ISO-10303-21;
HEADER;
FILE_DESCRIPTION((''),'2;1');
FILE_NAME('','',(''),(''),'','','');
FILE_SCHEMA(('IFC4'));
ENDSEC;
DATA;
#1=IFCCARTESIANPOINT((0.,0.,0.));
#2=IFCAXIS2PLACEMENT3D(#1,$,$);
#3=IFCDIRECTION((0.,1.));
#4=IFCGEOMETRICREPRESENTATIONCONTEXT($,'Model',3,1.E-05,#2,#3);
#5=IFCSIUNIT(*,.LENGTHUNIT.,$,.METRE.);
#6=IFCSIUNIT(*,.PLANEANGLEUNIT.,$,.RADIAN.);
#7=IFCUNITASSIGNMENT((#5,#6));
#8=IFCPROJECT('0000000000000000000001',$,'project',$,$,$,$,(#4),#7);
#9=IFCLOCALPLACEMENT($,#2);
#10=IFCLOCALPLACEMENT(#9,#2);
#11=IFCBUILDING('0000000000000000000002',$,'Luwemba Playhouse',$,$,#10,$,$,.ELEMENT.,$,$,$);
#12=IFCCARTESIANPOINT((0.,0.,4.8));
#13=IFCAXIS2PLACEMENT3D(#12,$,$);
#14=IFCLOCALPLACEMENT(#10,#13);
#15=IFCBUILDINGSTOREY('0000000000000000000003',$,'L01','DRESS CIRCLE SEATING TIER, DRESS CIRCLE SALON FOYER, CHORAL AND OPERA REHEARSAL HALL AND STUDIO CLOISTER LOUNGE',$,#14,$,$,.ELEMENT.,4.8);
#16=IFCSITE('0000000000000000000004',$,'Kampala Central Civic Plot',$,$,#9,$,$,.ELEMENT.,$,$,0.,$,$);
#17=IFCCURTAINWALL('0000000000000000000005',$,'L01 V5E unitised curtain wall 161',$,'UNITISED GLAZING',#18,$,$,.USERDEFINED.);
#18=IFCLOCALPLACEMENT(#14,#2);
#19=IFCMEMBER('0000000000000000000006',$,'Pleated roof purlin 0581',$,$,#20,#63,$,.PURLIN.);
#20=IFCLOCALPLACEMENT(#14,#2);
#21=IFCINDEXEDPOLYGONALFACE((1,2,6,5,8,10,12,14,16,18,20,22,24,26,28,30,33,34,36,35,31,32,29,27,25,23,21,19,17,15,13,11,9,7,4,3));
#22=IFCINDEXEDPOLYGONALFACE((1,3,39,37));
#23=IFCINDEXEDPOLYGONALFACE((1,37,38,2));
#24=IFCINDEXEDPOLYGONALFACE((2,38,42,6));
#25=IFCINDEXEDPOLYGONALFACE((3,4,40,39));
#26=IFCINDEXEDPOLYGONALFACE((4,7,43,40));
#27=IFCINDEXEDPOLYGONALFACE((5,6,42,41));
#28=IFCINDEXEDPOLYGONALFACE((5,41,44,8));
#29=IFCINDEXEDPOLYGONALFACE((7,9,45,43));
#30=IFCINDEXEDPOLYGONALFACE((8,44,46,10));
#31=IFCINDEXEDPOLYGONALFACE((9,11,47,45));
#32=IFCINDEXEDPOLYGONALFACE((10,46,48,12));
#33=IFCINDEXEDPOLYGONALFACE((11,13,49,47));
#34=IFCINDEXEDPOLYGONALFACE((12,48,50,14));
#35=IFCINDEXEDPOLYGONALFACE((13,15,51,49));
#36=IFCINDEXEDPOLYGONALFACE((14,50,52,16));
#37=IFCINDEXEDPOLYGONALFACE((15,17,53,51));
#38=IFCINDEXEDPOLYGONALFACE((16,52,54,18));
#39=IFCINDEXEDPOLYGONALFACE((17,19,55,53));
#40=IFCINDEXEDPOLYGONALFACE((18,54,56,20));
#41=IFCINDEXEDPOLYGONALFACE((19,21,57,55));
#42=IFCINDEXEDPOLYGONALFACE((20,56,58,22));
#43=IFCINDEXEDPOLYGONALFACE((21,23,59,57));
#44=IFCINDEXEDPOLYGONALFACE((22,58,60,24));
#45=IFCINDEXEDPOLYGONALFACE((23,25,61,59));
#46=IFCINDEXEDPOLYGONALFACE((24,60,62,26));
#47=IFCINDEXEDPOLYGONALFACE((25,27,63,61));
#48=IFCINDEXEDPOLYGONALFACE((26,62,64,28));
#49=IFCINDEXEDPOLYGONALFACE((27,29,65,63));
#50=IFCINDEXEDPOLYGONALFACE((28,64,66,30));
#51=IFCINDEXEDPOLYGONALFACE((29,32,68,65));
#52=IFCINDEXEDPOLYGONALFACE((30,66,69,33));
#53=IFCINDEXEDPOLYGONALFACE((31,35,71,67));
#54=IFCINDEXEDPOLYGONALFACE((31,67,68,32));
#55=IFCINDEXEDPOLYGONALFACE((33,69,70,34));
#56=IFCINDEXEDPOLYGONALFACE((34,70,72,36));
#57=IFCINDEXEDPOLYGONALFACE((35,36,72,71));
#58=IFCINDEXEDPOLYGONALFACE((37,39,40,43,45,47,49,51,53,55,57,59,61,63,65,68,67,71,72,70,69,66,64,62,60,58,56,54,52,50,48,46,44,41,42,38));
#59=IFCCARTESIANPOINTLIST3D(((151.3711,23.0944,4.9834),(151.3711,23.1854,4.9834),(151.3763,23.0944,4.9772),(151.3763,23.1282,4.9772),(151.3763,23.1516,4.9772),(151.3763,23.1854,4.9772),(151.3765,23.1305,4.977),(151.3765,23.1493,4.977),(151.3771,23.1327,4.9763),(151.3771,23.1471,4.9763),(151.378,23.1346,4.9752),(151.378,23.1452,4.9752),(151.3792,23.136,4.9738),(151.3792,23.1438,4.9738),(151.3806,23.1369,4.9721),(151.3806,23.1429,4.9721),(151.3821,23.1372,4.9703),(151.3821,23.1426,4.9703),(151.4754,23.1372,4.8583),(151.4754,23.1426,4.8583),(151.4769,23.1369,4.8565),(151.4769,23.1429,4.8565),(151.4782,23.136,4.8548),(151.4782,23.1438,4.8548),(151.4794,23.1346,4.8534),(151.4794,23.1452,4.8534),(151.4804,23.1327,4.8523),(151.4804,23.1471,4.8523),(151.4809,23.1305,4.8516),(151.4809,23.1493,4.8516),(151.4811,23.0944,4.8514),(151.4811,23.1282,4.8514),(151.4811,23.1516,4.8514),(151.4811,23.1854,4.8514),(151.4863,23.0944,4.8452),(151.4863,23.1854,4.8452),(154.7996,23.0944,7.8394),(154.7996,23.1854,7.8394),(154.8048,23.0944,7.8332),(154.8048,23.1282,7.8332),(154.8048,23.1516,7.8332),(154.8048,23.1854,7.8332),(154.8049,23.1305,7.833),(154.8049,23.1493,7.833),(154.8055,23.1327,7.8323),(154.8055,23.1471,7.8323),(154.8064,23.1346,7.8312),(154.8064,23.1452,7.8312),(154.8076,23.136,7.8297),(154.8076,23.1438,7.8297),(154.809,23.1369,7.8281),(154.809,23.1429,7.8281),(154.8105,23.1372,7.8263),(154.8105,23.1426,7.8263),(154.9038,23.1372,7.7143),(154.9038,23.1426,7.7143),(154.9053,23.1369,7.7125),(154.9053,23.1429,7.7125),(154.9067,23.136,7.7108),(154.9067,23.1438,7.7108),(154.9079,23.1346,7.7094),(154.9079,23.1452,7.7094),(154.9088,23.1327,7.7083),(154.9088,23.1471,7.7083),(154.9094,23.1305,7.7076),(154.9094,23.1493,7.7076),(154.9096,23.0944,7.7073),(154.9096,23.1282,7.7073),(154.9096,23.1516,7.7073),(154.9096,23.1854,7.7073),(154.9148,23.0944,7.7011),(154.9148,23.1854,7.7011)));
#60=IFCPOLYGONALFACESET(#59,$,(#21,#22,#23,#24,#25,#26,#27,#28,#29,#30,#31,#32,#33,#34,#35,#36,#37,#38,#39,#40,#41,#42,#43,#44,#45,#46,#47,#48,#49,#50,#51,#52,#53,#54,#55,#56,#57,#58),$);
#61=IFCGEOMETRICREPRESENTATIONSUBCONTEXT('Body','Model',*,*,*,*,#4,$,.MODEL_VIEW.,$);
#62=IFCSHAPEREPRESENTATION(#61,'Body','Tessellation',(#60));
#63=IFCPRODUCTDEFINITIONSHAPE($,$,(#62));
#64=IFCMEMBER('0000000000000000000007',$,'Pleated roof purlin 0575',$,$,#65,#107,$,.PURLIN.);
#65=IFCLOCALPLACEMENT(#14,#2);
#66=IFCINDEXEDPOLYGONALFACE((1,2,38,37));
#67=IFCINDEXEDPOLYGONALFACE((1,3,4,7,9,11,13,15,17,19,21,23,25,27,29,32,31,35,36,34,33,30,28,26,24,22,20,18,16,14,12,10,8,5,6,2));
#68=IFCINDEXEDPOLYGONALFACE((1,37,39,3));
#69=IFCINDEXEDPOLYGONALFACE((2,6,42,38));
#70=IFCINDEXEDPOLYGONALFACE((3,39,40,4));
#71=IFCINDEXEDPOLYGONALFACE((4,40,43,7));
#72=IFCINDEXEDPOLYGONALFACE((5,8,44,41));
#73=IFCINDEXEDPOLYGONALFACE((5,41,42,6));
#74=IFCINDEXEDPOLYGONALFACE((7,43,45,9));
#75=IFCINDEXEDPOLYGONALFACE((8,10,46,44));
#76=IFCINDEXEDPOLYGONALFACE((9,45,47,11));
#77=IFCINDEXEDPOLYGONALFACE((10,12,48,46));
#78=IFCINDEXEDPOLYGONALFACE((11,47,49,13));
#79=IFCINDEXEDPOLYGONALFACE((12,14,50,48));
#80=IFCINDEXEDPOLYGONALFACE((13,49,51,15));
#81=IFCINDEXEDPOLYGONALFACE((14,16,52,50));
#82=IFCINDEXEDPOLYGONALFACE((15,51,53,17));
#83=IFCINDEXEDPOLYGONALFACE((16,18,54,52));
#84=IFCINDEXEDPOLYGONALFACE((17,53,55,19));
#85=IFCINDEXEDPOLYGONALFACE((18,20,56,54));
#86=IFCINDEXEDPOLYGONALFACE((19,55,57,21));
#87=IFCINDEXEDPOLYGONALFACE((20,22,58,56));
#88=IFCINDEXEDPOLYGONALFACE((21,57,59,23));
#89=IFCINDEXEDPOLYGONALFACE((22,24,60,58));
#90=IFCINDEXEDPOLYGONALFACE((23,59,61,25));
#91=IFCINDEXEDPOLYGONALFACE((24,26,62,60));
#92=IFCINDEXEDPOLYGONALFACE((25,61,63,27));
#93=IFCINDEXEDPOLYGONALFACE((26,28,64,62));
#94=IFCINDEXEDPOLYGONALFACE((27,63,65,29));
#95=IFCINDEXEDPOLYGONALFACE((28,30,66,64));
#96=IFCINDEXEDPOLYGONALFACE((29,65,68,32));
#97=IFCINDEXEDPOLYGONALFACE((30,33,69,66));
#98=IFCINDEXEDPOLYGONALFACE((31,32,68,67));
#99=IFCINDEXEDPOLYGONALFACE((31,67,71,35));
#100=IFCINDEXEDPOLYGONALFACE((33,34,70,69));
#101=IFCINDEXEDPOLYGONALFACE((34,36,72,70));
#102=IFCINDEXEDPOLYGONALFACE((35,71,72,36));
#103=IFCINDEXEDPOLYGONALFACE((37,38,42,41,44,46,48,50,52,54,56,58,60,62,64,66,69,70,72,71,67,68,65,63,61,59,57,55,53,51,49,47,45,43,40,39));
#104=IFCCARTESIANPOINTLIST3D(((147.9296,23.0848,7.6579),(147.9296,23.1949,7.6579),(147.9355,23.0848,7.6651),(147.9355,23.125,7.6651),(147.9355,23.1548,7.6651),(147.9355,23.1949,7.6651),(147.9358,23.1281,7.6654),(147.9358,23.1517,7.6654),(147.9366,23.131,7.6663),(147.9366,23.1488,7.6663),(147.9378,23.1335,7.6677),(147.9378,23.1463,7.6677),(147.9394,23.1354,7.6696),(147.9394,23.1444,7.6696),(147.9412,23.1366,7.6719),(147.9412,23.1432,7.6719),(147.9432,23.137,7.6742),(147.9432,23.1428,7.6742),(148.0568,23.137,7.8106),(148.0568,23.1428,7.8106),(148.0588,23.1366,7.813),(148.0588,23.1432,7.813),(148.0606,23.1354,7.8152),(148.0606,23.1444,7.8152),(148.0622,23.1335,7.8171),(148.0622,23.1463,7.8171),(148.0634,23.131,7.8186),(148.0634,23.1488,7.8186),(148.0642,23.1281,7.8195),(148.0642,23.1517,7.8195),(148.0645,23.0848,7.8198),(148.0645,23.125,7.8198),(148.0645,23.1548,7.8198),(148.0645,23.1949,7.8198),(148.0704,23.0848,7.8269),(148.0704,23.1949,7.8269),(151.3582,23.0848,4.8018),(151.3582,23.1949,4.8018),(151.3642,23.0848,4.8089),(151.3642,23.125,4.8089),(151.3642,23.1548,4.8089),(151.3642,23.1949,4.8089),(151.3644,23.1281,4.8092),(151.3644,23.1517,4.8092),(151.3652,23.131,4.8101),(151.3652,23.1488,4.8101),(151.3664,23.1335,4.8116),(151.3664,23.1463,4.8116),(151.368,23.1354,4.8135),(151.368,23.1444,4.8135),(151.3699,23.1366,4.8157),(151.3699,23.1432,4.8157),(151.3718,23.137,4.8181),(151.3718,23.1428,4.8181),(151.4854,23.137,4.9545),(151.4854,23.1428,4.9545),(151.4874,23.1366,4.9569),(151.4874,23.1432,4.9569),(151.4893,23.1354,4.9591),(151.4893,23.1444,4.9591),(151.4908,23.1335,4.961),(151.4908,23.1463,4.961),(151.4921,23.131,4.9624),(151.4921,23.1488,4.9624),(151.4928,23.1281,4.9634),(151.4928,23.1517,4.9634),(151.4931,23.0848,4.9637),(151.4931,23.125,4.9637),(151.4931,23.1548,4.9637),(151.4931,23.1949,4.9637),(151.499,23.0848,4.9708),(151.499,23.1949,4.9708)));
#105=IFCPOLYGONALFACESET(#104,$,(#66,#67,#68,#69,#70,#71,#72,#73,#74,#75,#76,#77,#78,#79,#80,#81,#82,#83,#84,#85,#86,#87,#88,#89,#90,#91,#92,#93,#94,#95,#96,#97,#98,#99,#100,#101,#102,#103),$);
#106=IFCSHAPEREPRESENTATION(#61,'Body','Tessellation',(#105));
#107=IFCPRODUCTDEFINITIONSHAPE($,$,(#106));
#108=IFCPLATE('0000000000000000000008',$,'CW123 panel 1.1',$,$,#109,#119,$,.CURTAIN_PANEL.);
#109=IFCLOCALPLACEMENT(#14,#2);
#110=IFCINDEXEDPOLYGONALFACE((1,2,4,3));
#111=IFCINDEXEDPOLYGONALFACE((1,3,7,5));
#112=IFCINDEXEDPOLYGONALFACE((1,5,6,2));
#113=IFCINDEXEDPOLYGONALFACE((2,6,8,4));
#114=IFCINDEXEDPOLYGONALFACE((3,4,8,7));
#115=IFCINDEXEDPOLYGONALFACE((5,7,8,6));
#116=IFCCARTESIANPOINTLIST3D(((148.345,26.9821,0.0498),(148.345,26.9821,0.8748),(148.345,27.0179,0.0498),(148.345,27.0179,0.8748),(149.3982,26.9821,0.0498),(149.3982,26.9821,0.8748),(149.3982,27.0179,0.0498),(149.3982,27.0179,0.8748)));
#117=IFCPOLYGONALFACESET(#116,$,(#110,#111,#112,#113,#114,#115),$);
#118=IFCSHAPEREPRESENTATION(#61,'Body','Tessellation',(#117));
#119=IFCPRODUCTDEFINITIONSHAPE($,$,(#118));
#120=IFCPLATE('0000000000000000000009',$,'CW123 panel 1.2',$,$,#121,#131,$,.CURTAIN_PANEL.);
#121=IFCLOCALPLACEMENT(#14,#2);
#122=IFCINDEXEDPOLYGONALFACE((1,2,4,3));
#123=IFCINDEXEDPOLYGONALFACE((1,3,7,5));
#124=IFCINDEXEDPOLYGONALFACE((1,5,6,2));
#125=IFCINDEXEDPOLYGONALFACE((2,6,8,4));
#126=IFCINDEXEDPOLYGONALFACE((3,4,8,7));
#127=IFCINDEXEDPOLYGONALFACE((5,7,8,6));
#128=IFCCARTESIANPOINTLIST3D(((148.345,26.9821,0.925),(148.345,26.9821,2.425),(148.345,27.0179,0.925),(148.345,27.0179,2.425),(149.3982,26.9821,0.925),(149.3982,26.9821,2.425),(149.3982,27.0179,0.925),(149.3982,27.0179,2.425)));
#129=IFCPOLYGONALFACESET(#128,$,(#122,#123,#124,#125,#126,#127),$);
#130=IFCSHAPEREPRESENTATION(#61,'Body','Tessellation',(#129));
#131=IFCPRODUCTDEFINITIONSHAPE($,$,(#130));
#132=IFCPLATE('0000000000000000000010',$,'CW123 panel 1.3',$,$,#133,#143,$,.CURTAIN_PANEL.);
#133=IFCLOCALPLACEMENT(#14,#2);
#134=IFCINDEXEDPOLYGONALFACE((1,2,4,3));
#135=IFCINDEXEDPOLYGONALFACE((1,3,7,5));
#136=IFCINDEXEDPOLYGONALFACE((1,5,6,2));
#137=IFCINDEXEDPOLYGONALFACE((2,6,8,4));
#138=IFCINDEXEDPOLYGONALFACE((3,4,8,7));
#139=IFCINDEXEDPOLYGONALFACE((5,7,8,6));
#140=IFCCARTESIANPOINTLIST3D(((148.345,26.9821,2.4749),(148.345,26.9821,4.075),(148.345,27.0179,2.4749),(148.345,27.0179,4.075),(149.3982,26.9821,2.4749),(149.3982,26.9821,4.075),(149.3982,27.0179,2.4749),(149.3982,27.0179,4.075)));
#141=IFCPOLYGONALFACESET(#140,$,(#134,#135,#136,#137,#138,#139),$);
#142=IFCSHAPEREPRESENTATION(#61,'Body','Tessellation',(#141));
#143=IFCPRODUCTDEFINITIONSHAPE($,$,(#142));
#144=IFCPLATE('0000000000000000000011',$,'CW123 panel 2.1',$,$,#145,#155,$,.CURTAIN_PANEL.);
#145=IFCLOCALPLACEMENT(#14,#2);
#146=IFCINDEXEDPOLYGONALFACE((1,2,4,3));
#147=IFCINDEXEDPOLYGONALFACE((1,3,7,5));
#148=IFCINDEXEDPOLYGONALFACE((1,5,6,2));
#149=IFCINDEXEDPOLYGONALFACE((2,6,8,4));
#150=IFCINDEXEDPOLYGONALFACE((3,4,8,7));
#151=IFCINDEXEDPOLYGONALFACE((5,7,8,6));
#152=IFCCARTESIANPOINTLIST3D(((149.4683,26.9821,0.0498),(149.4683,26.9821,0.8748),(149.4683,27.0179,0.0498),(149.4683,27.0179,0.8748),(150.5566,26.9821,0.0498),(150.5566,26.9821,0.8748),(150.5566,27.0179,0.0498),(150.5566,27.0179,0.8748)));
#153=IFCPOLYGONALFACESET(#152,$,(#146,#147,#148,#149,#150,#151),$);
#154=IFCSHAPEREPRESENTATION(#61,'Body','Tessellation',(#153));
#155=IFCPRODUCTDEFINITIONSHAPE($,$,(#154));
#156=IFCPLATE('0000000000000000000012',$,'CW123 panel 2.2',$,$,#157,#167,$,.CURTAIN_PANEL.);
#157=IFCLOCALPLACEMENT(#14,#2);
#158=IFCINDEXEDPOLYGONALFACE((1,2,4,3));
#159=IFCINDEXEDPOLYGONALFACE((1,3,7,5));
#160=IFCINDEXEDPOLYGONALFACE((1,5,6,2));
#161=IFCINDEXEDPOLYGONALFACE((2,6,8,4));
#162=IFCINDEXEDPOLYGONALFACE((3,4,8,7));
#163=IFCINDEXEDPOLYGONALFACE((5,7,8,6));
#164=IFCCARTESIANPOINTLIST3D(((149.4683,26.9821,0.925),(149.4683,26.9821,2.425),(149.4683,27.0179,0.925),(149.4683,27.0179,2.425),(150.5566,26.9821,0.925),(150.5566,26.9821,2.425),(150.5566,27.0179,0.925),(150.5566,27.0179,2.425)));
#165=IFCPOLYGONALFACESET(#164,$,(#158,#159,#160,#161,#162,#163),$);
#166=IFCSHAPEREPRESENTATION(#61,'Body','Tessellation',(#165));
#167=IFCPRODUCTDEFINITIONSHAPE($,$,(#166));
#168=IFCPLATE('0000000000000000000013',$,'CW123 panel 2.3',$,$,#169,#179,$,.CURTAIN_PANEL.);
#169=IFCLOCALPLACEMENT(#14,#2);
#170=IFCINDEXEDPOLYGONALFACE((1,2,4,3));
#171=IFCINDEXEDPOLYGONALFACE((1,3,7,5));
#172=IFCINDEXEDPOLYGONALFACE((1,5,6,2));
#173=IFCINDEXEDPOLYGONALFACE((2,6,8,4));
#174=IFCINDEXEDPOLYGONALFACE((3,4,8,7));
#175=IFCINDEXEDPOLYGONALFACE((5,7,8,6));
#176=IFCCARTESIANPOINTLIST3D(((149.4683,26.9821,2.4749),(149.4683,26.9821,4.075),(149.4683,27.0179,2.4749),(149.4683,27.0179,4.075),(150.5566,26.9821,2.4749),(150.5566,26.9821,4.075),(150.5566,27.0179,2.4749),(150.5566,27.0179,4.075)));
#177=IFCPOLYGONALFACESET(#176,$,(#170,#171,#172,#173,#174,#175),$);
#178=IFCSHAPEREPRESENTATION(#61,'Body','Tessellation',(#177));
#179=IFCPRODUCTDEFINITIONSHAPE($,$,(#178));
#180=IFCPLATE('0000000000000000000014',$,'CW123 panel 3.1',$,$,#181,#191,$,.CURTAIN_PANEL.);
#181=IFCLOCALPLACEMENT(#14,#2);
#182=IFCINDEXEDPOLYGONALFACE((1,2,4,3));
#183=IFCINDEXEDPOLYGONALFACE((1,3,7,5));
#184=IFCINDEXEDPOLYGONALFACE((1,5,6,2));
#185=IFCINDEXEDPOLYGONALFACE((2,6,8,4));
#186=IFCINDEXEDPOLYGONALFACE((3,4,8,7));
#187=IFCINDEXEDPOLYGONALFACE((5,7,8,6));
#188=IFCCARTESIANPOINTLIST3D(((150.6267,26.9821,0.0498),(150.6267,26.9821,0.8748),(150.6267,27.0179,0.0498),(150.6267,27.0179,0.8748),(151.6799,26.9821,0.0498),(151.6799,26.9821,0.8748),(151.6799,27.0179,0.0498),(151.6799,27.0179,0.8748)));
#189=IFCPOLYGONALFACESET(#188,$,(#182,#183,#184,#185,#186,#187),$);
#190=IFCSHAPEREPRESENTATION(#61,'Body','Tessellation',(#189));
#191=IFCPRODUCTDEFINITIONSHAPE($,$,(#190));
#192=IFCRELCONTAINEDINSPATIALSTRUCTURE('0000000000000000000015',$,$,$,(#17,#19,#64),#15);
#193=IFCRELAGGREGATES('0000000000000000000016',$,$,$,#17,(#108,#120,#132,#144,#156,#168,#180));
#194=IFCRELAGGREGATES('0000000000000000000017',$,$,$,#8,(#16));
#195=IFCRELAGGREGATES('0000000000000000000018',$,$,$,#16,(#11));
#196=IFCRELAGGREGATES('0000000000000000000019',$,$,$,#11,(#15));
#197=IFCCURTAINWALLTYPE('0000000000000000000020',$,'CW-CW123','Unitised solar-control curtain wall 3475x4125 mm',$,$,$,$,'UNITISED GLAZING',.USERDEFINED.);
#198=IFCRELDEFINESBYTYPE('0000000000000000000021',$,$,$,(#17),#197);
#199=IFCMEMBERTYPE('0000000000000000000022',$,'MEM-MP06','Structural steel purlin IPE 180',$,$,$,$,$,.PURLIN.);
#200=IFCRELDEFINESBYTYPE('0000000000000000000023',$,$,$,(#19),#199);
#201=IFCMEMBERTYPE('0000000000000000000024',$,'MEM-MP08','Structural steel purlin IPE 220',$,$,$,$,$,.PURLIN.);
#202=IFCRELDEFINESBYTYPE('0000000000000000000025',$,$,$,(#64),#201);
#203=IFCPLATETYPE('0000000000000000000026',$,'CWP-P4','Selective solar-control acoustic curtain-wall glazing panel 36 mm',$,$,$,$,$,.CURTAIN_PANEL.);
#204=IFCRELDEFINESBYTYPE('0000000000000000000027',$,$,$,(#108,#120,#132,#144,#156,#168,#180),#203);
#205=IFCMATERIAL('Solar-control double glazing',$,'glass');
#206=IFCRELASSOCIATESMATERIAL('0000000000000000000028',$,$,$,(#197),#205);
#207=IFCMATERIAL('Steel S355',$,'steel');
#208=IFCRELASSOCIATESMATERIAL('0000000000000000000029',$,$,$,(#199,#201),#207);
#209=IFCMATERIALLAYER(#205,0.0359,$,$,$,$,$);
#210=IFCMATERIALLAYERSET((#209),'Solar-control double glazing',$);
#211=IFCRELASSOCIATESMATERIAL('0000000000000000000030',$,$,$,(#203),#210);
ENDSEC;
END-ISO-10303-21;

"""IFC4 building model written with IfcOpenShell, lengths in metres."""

from ifc_helpers import new_model, si_unit, direction, frame, origin, origin_2d, place, context, subcontext, project, spatial, rectangle, i_section, extrude, material, layer, layer_set, material_profile, profile_set, type_object, element, aggregate, save


model = new_model("IFC4")

# Units and contexts
model_context = context("Model", 3, precision=1e-05, world=origin(), true_north=direction((0.0, 1.0)))
body_context = subcontext(model_context, "Body", "Model", "MODEL_VIEW")
ifc_project = project(units=[si_unit("LENGTHUNIT", "METRE"), si_unit("PLANEANGLEUNIT", "RADIAN")], contexts=[model_context])

# Site, building, storey
site_placement = place(None, origin())
site = spatial("IfcSite", under=ifc_project, at=site_placement, Name="Kampala Central Civic Plot", CompositionType="ELEMENT", RefElevation=0.0)
building_placement = place(site_placement, origin())
building = spatial("IfcBuilding", under=site, at=building_placement, Name="Luwemba Playhouse", CompositionType="ELEMENT")
storey_placement = place(building_placement, frame((0.0, 0.0, 4.8)))
storey = spatial("IfcBuildingStorey", under=building, at=storey_placement, Name="L01", Description="DRESS CIRCLE SEATING TIER, DRESS CIRCLE SALON FOYER, CHORAL AND OPERA REHEARSAL HALL AND STUDIO CLOISTER LOUNGE", CompositionType="ELEMENT", Elevation=4.8)

# Shared definitions
ifc_material_1 = material(Name="Steel S355", Category="steel")

# Curtain wall
ifc_material_2 = material(Name="Solar-control double glazing", Category="glass")
curtain_wall_type = type_object("IfcCurtainWallType", Name="CW-CW123", Description="Unitised solar-control curtain wall 3475x4125 mm", ElementType="UNITISED GLAZING", PredefinedType="USERDEFINED", material=ifc_material_2)
curtain_wall_placement = place(storey_placement, origin())
curtain_wall = element("IfcCurtainWall", 1, at=curtain_wall_placement, inside=storey, type_object=curtain_wall_type, Name="L01 V5E unitised curtain wall 161", ObjectType="UNITISED GLAZING", PredefinedType="USERDEFINED")

# Members
ifc_material_profile_1 = material_profile(ifc_material_1, i_section(OverallWidth=0.0911, OverallDepth=0.1799, WebThickness=0.0054, FlangeThickness=0.0081, FilletRadius=0.009, at=origin_2d()))
ifc_profile_set_1 = profile_set([ifc_material_profile_1], Name="Steel S355")
member_type_1 = type_object("IfcMemberType", Name="MEM-MP06", Description="Structural steel purlin IPE 180", PredefinedType="PURLIN", material=ifc_profile_set_1)
member_1_placement = place(storey_placement, frame((151.4287, 23.1399, 4.9143), z_axis=(0.768342, 0.0, 0.640039), x_axis=(0.0, 1.0, 0.0)))
element("IfcMember", 2, at=member_1_placement, inside=storey, type_object=member_type_1, Name="Pleated roof purlin 0581", PredefinedType="PURLIN", context=body_context, shape_type="SweptSolid", body=[
    extrude(i_section(OverallWidth=0.0911, OverallDepth=0.1799, WebThickness=0.0054, FlangeThickness=0.0081, FilletRadius=0.009, at=origin_2d()), origin(), (0.0, 0.0, 1.0), 4.4622),
])
ifc_material_profile_2 = material_profile(ifc_material_1, i_section(OverallWidth=0.1101, OverallDepth=0.22, WebThickness=0.0059, FlangeThickness=0.0093, FilletRadius=0.012, at=origin_2d()))
ifc_profile_set_2 = profile_set([ifc_material_profile_2], Name="Steel S355")
member_type_2 = type_object("IfcMemberType", Name="MEM-MP08", Description="Structural steel purlin IPE 220", PredefinedType="PURLIN", material=ifc_profile_set_2)
member_2_placement = place(storey_placement, frame((148.0, 23.1399, 7.7424), z_axis=(0.768338, 0.0, -0.640044), x_axis=(0.0, 1.0, 0.0)))
element("IfcMember", 3, at=member_2_placement, inside=storey, type_object=member_type_2, Name="Pleated roof purlin 0575", PredefinedType="PURLIN", context=body_context, shape_type="SweptSolid", body=[
    extrude(i_section(OverallWidth=0.1101, OverallDepth=0.22, WebThickness=0.0059, FlangeThickness=0.0093, FilletRadius=0.012, at=origin_2d()), origin(), (0.0, 0.0, 1.0), 4.4624),
])

# Plates
ifc_layer_1 = layer(ifc_material_2, 0.0359)
ifc_layer_set_1 = layer_set([ifc_layer_1], Name="Solar-control double glazing")
plate_type_1 = type_object("IfcPlateType", Name="CWP-P4", Description="Selective solar-control acoustic curtain-wall glazing panel 36 mm", PredefinedType="CURTAIN_PANEL", material=ifc_layer_set_1)
plate_1_placement = place(storey_placement, frame((148.8716, 27.0, 0.0498), z_axis=(0.0, 0.0, 1.0), x_axis=(1.0, 0.0, 0.0)))
plate_1 = element("IfcPlate", 4, at=plate_1_placement, type_object=plate_type_1, Name="CW123 panel 1.1", PredefinedType="CURTAIN_PANEL", context=body_context, shape_type="SweptSolid", body=[
    extrude(rectangle(XDim=1.0532, YDim=0.0359, at=origin_2d()), origin(), (0.0, 0.0, 1.0), 0.825),
])
plate_2_placement = place(storey_placement, frame((148.8716, 27.0, 0.925), z_axis=(0.0, 0.0, 1.0), x_axis=(1.0, 0.0, 0.0)))
plate_2 = element("IfcPlate", 5, at=plate_2_placement, type_object=plate_type_1, Name="CW123 panel 1.2", PredefinedType="CURTAIN_PANEL", context=body_context, shape_type="SweptSolid", body=[
    extrude(rectangle(XDim=1.0532, YDim=0.0359, at=origin_2d()), origin(), (0.0, 0.0, 1.0), 1.5),
])
plate_3_placement = place(storey_placement, frame((148.8716, 27.0, 2.4749), z_axis=(0.0, 0.0, 1.0), x_axis=(1.0, 0.0, 0.0)))
plate_3 = element("IfcPlate", 6, at=plate_3_placement, type_object=plate_type_1, Name="CW123 panel 1.3", PredefinedType="CURTAIN_PANEL", context=body_context, shape_type="SweptSolid", body=[
    extrude(rectangle(XDim=1.0532, YDim=0.0359, at=origin_2d()), origin(), (0.0, 0.0, 1.0), 1.6001),
])
plate_4_placement = place(storey_placement, frame((150.0125, 27.0, 0.0498), z_axis=(0.0, 0.0, 1.0), x_axis=(1.0, 0.0, 0.0)))
plate_4 = element("IfcPlate", 7, at=plate_4_placement, type_object=plate_type_1, Name="CW123 panel 2.1", PredefinedType="CURTAIN_PANEL", context=body_context, shape_type="SweptSolid", body=[
    extrude(rectangle(XDim=1.0884, YDim=0.0359, at=origin_2d()), origin(), (0.0, 0.0, 1.0), 0.825),
])
plate_5_placement = place(storey_placement, frame((150.0125, 27.0, 0.925), z_axis=(0.0, 0.0, 1.0), x_axis=(1.0, 0.0, 0.0)))
plate_5 = element("IfcPlate", 8, at=plate_5_placement, type_object=plate_type_1, Name="CW123 panel 2.2", PredefinedType="CURTAIN_PANEL", context=body_context, shape_type="SweptSolid", body=[
    extrude(rectangle(XDim=1.0884, YDim=0.0359, at=origin_2d()), origin(), (0.0, 0.0, 1.0), 1.5),
])
plate_6_placement = place(storey_placement, frame((150.0125, 27.0, 2.4749), z_axis=(0.0, 0.0, 1.0), x_axis=(1.0, 0.0, 0.0)))
plate_6 = element("IfcPlate", 9, at=plate_6_placement, type_object=plate_type_1, Name="CW123 panel 2.3", PredefinedType="CURTAIN_PANEL", context=body_context, shape_type="SweptSolid", body=[
    extrude(rectangle(XDim=1.0884, YDim=0.0359, at=origin_2d()), origin(), (0.0, 0.0, 1.0), 1.6001),
])
plate_7_placement = place(storey_placement, frame((151.1533, 27.0, 0.0498), z_axis=(0.0, 0.0, 1.0), x_axis=(1.0, 0.0, 0.0)))
plate_7 = element("IfcPlate", 10, at=plate_7_placement, type_object=plate_type_1, Name="CW123 panel 3.1", PredefinedType="CURTAIN_PANEL", context=body_context, shape_type="SweptSolid", body=[
    extrude(rectangle(XDim=1.0532, YDim=0.0359, at=origin_2d()), origin(), (0.0, 0.0, 1.0), 0.825),
])
aggregate(curtain_wall, [plate_1, plate_2, plate_3, plate_4, plate_5, plate_6, plate_7])

save(model, "model.ifc")
